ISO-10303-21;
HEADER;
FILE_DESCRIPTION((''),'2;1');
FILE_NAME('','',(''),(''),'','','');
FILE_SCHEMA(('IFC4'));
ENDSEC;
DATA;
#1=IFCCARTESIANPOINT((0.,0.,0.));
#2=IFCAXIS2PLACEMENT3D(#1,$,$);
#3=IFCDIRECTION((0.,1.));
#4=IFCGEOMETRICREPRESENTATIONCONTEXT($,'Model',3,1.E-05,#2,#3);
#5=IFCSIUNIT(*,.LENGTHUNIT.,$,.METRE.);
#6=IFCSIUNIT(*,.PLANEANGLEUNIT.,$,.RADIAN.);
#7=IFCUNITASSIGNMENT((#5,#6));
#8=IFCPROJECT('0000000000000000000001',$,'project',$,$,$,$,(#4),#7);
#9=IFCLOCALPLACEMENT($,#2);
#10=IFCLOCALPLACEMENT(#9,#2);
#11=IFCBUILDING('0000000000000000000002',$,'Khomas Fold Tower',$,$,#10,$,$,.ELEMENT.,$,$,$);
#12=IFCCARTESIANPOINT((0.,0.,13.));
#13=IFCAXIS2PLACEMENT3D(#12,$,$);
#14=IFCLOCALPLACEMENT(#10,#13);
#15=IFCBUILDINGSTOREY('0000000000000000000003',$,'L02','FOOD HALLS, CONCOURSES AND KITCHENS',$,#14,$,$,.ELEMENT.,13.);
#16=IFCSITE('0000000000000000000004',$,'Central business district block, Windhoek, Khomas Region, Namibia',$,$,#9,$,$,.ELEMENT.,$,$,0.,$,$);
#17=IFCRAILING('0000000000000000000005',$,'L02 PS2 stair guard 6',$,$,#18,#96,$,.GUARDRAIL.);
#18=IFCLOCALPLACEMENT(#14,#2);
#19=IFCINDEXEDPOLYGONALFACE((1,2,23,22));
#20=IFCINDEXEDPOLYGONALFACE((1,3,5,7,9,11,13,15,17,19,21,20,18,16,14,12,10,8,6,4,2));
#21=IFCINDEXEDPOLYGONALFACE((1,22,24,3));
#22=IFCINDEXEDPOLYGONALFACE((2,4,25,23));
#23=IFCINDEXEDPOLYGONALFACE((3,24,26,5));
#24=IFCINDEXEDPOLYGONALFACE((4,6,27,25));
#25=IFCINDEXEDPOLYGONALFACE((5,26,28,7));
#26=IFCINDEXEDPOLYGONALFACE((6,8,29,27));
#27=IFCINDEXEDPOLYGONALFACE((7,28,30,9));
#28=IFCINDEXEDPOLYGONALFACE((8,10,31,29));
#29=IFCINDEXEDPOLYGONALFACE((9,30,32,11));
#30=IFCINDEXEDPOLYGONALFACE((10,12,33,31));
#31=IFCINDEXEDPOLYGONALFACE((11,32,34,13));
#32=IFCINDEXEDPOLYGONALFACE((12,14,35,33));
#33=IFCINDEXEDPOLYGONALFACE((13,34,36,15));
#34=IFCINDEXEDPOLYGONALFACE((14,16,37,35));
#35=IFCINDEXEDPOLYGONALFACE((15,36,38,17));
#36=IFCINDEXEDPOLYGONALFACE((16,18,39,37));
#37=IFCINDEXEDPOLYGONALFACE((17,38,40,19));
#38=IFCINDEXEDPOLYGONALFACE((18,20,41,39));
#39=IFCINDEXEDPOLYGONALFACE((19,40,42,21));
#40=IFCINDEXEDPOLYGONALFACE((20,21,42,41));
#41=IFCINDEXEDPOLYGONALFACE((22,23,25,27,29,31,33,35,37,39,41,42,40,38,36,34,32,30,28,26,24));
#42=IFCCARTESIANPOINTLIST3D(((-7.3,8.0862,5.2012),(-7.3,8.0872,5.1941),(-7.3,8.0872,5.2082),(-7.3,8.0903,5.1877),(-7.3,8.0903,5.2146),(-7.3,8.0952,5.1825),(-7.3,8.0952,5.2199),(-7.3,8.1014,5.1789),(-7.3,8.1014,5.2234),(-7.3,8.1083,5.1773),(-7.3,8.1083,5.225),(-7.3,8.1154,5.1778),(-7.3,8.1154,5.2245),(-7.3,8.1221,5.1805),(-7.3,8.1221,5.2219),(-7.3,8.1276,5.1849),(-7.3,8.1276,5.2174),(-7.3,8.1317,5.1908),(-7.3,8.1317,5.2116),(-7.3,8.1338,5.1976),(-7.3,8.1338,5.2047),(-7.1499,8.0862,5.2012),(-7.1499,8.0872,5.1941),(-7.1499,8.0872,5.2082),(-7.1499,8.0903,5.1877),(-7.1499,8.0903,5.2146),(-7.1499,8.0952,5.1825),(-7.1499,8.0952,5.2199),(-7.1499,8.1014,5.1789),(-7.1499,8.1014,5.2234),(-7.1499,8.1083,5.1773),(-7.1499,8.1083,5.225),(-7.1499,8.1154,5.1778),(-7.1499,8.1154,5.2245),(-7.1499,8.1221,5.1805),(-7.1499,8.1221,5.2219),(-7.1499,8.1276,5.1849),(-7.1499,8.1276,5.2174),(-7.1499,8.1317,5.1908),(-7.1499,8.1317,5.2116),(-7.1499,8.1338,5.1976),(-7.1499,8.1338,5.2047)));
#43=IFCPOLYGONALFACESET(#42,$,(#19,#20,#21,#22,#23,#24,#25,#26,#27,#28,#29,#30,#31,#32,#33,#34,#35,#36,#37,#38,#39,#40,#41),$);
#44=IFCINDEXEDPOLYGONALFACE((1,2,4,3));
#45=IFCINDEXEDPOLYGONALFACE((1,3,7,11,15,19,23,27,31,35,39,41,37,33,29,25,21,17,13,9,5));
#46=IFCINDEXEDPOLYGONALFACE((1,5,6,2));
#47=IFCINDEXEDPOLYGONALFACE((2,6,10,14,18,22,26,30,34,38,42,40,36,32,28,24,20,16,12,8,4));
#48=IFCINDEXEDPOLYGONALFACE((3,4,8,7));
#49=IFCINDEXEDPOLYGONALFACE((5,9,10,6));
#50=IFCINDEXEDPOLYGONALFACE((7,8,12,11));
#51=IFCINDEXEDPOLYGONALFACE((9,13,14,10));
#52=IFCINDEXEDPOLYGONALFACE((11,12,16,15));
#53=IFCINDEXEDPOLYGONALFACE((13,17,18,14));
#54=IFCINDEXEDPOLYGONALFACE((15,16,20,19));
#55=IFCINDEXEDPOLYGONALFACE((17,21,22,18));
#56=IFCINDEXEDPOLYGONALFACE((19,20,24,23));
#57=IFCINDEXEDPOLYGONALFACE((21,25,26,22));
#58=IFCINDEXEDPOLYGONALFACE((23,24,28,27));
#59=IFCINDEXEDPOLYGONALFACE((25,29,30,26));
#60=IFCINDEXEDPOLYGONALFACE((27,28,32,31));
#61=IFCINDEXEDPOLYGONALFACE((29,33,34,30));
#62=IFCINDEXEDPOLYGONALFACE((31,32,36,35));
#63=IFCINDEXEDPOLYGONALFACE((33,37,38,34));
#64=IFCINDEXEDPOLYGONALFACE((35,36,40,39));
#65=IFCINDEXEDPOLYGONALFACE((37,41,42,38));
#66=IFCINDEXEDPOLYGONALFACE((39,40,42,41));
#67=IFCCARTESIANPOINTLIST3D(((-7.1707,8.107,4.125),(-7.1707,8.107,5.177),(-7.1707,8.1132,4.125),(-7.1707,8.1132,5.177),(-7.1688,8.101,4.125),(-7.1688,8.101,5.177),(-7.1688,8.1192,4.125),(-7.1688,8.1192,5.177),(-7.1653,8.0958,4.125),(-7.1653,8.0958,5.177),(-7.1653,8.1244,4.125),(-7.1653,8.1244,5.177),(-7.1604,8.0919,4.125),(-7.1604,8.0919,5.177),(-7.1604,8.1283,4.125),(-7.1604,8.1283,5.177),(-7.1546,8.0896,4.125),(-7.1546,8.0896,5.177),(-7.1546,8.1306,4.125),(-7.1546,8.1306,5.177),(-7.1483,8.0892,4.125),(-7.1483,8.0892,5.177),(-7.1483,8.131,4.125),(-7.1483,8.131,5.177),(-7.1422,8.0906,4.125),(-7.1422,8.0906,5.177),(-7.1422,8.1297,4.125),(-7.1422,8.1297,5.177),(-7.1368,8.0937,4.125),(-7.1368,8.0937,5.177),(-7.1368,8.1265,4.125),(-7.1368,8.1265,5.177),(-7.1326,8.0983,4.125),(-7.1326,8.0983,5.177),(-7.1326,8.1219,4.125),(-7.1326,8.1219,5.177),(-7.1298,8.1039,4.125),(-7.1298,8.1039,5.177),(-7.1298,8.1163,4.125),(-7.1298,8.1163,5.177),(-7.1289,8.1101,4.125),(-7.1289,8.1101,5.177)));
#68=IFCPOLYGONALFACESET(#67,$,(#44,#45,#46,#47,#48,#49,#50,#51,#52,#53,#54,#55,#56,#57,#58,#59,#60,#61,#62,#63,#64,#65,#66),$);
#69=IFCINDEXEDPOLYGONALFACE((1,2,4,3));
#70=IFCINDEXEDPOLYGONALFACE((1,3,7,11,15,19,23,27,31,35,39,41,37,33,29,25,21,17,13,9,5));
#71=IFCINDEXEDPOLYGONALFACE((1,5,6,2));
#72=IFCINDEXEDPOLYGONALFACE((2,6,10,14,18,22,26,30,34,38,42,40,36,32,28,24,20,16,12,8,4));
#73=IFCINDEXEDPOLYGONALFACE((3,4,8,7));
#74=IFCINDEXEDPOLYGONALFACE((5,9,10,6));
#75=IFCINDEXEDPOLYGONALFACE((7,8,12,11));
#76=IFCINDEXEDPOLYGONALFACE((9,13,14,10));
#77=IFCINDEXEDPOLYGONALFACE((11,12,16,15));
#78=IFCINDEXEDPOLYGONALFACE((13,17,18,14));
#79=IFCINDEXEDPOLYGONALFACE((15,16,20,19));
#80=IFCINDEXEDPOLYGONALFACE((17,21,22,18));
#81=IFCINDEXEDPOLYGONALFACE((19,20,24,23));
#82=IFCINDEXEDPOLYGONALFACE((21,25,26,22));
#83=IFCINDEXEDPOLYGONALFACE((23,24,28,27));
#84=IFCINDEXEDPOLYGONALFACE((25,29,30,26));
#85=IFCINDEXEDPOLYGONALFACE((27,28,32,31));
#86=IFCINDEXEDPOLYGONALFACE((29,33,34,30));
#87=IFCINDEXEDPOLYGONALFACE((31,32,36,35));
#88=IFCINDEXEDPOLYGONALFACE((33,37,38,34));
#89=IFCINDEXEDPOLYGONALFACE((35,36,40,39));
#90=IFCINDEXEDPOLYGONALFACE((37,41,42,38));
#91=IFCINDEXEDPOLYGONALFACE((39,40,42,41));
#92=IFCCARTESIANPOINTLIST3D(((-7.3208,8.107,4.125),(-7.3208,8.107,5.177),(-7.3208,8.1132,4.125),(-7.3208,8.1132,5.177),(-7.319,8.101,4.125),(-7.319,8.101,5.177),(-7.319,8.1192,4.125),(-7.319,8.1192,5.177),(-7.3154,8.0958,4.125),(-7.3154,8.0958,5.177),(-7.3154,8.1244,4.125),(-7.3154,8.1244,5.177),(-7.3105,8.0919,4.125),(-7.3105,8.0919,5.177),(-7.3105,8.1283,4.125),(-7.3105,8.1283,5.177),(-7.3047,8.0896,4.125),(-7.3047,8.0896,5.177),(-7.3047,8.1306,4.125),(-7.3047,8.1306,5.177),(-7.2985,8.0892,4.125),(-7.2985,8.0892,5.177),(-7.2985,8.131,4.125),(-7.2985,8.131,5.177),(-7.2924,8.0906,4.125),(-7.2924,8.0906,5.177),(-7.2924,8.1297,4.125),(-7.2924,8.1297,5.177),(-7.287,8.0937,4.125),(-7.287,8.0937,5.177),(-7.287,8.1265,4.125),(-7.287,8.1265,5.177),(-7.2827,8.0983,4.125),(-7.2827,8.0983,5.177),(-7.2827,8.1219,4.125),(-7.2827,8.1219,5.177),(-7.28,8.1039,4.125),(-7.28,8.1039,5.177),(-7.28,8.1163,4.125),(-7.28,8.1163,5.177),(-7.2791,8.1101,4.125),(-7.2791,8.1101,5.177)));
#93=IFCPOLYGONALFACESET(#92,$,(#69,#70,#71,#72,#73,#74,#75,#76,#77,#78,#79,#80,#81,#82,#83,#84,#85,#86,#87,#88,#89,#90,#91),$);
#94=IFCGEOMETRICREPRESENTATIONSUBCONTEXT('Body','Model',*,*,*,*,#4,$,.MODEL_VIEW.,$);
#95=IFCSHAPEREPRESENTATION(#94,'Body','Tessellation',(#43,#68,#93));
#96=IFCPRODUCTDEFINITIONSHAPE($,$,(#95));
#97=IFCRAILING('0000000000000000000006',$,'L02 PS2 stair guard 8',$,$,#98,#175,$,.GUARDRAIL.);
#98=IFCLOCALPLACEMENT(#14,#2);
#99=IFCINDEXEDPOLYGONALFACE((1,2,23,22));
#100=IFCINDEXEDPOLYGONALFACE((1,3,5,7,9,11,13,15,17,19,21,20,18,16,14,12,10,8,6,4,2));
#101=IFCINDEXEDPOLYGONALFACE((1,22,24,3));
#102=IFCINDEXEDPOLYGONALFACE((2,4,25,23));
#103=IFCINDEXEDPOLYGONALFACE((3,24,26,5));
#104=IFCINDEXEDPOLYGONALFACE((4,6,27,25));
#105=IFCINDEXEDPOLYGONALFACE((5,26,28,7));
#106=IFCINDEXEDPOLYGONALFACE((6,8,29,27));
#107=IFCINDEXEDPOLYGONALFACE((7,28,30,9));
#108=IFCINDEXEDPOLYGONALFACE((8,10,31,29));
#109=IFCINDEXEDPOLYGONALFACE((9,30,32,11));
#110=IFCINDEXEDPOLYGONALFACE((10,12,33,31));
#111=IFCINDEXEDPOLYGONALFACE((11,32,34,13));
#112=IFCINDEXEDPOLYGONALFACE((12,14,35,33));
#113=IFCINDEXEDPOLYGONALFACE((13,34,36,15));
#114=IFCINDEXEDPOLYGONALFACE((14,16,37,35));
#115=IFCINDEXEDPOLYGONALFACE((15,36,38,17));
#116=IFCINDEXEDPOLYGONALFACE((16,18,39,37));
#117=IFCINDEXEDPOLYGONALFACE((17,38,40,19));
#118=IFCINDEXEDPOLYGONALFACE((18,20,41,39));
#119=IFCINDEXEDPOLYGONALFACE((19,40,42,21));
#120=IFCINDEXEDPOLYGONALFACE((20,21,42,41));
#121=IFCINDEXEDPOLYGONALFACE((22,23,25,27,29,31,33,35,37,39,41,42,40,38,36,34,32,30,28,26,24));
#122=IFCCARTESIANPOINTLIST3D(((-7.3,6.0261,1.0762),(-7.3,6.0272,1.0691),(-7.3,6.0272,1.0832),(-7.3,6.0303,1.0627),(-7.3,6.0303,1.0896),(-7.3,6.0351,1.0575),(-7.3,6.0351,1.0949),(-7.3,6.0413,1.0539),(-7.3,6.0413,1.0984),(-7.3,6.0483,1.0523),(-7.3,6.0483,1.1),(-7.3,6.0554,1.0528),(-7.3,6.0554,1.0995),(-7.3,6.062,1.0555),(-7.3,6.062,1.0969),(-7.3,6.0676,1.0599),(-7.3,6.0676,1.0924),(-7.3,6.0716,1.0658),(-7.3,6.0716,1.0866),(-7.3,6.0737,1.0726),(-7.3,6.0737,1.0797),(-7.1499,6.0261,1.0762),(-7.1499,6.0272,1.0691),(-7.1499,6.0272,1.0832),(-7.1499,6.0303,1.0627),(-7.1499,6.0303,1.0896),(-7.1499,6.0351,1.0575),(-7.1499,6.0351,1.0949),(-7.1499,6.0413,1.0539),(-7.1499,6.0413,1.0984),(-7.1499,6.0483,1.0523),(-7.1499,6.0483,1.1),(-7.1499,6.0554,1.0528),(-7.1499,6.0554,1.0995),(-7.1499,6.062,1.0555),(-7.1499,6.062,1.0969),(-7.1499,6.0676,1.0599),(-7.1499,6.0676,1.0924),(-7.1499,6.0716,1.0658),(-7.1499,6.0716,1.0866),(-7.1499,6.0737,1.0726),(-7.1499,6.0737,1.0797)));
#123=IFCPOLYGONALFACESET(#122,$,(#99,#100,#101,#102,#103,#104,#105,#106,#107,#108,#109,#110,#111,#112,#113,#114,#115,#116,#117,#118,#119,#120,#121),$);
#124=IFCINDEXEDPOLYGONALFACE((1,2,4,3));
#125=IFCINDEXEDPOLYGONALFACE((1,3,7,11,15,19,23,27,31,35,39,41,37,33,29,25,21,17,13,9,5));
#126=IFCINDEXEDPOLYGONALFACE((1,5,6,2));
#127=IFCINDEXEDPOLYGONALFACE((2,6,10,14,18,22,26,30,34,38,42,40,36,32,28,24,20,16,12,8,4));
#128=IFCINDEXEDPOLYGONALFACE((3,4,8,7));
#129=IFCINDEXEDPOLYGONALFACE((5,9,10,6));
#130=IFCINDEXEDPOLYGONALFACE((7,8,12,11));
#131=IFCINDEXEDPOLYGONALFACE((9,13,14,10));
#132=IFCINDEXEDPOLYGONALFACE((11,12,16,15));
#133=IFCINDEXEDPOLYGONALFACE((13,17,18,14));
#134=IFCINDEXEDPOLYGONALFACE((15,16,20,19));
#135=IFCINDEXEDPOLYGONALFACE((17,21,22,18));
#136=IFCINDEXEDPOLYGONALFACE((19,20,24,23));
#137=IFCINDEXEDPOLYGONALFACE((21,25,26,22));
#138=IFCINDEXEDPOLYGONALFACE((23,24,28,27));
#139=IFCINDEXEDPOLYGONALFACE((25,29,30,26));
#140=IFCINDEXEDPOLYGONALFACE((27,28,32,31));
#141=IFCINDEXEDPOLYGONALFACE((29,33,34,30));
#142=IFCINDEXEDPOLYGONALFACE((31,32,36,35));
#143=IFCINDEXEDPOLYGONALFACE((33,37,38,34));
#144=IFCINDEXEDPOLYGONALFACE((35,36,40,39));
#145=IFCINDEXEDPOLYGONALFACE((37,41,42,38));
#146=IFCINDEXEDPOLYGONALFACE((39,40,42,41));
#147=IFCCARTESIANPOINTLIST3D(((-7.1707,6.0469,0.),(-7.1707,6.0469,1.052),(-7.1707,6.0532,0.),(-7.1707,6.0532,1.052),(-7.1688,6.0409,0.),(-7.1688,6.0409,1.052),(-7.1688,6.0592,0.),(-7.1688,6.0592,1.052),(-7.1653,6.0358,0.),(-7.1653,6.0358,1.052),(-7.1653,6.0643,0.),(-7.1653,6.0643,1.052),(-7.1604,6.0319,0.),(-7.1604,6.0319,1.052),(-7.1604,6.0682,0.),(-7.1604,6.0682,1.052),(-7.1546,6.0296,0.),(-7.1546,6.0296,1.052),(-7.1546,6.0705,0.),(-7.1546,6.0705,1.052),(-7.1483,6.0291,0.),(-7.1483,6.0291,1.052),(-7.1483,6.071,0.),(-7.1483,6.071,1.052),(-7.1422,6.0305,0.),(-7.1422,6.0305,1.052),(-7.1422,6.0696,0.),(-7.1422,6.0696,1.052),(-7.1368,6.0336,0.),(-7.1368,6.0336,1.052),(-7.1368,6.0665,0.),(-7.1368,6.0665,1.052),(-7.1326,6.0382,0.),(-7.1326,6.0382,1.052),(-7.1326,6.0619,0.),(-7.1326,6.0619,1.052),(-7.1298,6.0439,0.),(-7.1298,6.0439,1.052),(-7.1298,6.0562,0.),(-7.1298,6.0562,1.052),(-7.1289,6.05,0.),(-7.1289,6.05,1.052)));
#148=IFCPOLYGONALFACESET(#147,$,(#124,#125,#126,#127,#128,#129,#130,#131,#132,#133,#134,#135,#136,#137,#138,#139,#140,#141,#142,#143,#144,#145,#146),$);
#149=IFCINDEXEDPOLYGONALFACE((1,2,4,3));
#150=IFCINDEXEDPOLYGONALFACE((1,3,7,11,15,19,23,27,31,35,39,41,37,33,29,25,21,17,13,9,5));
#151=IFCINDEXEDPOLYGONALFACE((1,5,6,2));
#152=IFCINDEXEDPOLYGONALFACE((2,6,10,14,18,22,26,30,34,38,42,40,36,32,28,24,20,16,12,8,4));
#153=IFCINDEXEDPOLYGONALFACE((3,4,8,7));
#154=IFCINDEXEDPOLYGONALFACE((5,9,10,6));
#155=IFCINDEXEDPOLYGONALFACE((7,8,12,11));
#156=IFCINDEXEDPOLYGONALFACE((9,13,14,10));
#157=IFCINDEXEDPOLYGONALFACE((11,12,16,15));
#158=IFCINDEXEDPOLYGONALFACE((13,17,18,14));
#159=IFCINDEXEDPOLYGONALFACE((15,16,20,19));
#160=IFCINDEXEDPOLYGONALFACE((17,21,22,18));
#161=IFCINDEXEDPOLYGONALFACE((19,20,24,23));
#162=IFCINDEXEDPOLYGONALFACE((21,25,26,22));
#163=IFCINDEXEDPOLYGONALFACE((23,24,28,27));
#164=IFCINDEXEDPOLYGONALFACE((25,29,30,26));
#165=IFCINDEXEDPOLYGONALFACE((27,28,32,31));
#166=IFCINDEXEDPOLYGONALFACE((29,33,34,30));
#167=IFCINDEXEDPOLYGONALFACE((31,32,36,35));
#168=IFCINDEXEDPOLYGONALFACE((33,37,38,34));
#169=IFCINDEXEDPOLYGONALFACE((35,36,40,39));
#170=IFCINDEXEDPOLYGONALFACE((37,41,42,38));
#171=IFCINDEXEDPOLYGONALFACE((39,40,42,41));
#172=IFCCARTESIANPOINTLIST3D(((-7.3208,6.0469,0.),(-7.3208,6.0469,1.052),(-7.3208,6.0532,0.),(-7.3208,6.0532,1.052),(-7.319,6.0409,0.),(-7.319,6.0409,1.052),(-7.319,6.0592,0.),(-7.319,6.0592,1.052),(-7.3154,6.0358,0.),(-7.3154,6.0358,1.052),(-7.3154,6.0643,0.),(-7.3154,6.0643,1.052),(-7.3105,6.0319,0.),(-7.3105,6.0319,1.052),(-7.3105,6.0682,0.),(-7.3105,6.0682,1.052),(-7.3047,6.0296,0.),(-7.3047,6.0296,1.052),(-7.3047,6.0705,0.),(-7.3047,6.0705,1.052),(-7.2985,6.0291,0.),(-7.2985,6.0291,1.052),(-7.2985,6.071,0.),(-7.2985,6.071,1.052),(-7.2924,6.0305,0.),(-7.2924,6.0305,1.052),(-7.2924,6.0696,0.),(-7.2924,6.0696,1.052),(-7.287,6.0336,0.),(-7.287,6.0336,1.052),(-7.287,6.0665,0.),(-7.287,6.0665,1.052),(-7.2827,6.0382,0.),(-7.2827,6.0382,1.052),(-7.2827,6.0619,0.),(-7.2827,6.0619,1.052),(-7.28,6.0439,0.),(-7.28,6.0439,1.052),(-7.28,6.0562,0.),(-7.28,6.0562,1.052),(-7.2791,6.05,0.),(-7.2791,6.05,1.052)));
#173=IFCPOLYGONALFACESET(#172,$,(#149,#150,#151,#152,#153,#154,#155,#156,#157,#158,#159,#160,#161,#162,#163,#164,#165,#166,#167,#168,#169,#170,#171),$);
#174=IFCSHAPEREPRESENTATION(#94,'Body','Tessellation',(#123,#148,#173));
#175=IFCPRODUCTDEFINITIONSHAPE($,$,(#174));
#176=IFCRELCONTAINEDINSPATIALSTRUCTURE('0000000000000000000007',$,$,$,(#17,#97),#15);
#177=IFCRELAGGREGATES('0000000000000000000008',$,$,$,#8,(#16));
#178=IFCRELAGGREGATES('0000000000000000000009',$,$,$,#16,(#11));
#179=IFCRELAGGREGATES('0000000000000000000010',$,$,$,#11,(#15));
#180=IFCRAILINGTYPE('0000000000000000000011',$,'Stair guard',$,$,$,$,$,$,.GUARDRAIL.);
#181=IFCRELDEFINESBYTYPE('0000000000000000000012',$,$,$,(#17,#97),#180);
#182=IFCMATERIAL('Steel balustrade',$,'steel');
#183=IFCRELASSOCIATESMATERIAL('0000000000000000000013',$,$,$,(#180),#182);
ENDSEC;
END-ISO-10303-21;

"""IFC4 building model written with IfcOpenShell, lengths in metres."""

from ifc_helpers import new_model, si_unit, direction, frame, origin, origin_2d, place, context, subcontext, project, spatial, circle, extrude, source, transform, mapped, material, type_object, element, save


model = new_model("IFC4")

# Units and contexts
model_context = context("Model", 3, precision=1e-05, world=origin(), true_north=direction((0.0, 1.0)))
body_context = subcontext(model_context, "Body", "Model", "MODEL_VIEW")
ifc_project = project(units=[si_unit("LENGTHUNIT", "METRE"), si_unit("PLANEANGLEUNIT", "RADIAN")], contexts=[model_context])

# Site, building, storey
site_placement = place(None, origin())
site = spatial("IfcSite", under=ifc_project, at=site_placement, Name="Central business district block, Windhoek, Khomas Region, Namibia", CompositionType="ELEMENT", RefElevation=0.0)
building_placement = place(site_placement, origin())
building = spatial("IfcBuilding", under=site, at=building_placement, Name="Khomas Fold Tower", CompositionType="ELEMENT")
storey_placement = place(building_placement, frame((0.0, 0.0, 13.0)))
storey = spatial("IfcBuildingStorey", under=building, at=storey_placement, Name="L02", Description="FOOD HALLS, CONCOURSES AND KITCHENS", CompositionType="ELEMENT", Elevation=13.0)

# Railings
ifc_material_1 = material(Name="Steel balustrade", Category="steel")
railing_type_1 = type_object("IfcRailingType", Name="Stair guard", PredefinedType="GUARDRAIL", material=ifc_material_1)
shared_shape_1 = source(origin(), body_context, "Body", "SweptSolid", [
    extrude(circle(Radius=0.0239, at=origin_2d()), frame((0.0, 0.0, 1.0762), z_axis=(-1.0, 0.0, 0.0), x_axis=(0.0, -1.0, 0.0)), (0.0, 0.0, 1.0), 0.1501),
    extrude(circle(Radius=0.021, at=origin_2d()), origin(), (0.0, 0.0, 1.0), 1.052),
    extrude(circle(Radius=0.021, at=origin_2d()), frame((-0.1501, 0.0, 0.0)), (0.0, 0.0, 1.0), 1.052),
])
for number, where, name in (
    (1, (-7.1499, 8.1101, 4.125), "L02 PS2 stair guard 6"),
    (2, (-7.1499, 6.05, 0.0), "L02 PS2 stair guard 8"),
):
    element("IfcRailing", number, at=place(storey_placement, frame(where)), inside=storey, type_object=railing_type_1, Name=name, PredefinedType="GUARDRAIL", context=body_context, shape_type="MappedRepresentation", body=[
        mapped(shared_shape_1, transform((0.0, 0.0, 0.0))),
    ])

save(model, "model.ifc")
